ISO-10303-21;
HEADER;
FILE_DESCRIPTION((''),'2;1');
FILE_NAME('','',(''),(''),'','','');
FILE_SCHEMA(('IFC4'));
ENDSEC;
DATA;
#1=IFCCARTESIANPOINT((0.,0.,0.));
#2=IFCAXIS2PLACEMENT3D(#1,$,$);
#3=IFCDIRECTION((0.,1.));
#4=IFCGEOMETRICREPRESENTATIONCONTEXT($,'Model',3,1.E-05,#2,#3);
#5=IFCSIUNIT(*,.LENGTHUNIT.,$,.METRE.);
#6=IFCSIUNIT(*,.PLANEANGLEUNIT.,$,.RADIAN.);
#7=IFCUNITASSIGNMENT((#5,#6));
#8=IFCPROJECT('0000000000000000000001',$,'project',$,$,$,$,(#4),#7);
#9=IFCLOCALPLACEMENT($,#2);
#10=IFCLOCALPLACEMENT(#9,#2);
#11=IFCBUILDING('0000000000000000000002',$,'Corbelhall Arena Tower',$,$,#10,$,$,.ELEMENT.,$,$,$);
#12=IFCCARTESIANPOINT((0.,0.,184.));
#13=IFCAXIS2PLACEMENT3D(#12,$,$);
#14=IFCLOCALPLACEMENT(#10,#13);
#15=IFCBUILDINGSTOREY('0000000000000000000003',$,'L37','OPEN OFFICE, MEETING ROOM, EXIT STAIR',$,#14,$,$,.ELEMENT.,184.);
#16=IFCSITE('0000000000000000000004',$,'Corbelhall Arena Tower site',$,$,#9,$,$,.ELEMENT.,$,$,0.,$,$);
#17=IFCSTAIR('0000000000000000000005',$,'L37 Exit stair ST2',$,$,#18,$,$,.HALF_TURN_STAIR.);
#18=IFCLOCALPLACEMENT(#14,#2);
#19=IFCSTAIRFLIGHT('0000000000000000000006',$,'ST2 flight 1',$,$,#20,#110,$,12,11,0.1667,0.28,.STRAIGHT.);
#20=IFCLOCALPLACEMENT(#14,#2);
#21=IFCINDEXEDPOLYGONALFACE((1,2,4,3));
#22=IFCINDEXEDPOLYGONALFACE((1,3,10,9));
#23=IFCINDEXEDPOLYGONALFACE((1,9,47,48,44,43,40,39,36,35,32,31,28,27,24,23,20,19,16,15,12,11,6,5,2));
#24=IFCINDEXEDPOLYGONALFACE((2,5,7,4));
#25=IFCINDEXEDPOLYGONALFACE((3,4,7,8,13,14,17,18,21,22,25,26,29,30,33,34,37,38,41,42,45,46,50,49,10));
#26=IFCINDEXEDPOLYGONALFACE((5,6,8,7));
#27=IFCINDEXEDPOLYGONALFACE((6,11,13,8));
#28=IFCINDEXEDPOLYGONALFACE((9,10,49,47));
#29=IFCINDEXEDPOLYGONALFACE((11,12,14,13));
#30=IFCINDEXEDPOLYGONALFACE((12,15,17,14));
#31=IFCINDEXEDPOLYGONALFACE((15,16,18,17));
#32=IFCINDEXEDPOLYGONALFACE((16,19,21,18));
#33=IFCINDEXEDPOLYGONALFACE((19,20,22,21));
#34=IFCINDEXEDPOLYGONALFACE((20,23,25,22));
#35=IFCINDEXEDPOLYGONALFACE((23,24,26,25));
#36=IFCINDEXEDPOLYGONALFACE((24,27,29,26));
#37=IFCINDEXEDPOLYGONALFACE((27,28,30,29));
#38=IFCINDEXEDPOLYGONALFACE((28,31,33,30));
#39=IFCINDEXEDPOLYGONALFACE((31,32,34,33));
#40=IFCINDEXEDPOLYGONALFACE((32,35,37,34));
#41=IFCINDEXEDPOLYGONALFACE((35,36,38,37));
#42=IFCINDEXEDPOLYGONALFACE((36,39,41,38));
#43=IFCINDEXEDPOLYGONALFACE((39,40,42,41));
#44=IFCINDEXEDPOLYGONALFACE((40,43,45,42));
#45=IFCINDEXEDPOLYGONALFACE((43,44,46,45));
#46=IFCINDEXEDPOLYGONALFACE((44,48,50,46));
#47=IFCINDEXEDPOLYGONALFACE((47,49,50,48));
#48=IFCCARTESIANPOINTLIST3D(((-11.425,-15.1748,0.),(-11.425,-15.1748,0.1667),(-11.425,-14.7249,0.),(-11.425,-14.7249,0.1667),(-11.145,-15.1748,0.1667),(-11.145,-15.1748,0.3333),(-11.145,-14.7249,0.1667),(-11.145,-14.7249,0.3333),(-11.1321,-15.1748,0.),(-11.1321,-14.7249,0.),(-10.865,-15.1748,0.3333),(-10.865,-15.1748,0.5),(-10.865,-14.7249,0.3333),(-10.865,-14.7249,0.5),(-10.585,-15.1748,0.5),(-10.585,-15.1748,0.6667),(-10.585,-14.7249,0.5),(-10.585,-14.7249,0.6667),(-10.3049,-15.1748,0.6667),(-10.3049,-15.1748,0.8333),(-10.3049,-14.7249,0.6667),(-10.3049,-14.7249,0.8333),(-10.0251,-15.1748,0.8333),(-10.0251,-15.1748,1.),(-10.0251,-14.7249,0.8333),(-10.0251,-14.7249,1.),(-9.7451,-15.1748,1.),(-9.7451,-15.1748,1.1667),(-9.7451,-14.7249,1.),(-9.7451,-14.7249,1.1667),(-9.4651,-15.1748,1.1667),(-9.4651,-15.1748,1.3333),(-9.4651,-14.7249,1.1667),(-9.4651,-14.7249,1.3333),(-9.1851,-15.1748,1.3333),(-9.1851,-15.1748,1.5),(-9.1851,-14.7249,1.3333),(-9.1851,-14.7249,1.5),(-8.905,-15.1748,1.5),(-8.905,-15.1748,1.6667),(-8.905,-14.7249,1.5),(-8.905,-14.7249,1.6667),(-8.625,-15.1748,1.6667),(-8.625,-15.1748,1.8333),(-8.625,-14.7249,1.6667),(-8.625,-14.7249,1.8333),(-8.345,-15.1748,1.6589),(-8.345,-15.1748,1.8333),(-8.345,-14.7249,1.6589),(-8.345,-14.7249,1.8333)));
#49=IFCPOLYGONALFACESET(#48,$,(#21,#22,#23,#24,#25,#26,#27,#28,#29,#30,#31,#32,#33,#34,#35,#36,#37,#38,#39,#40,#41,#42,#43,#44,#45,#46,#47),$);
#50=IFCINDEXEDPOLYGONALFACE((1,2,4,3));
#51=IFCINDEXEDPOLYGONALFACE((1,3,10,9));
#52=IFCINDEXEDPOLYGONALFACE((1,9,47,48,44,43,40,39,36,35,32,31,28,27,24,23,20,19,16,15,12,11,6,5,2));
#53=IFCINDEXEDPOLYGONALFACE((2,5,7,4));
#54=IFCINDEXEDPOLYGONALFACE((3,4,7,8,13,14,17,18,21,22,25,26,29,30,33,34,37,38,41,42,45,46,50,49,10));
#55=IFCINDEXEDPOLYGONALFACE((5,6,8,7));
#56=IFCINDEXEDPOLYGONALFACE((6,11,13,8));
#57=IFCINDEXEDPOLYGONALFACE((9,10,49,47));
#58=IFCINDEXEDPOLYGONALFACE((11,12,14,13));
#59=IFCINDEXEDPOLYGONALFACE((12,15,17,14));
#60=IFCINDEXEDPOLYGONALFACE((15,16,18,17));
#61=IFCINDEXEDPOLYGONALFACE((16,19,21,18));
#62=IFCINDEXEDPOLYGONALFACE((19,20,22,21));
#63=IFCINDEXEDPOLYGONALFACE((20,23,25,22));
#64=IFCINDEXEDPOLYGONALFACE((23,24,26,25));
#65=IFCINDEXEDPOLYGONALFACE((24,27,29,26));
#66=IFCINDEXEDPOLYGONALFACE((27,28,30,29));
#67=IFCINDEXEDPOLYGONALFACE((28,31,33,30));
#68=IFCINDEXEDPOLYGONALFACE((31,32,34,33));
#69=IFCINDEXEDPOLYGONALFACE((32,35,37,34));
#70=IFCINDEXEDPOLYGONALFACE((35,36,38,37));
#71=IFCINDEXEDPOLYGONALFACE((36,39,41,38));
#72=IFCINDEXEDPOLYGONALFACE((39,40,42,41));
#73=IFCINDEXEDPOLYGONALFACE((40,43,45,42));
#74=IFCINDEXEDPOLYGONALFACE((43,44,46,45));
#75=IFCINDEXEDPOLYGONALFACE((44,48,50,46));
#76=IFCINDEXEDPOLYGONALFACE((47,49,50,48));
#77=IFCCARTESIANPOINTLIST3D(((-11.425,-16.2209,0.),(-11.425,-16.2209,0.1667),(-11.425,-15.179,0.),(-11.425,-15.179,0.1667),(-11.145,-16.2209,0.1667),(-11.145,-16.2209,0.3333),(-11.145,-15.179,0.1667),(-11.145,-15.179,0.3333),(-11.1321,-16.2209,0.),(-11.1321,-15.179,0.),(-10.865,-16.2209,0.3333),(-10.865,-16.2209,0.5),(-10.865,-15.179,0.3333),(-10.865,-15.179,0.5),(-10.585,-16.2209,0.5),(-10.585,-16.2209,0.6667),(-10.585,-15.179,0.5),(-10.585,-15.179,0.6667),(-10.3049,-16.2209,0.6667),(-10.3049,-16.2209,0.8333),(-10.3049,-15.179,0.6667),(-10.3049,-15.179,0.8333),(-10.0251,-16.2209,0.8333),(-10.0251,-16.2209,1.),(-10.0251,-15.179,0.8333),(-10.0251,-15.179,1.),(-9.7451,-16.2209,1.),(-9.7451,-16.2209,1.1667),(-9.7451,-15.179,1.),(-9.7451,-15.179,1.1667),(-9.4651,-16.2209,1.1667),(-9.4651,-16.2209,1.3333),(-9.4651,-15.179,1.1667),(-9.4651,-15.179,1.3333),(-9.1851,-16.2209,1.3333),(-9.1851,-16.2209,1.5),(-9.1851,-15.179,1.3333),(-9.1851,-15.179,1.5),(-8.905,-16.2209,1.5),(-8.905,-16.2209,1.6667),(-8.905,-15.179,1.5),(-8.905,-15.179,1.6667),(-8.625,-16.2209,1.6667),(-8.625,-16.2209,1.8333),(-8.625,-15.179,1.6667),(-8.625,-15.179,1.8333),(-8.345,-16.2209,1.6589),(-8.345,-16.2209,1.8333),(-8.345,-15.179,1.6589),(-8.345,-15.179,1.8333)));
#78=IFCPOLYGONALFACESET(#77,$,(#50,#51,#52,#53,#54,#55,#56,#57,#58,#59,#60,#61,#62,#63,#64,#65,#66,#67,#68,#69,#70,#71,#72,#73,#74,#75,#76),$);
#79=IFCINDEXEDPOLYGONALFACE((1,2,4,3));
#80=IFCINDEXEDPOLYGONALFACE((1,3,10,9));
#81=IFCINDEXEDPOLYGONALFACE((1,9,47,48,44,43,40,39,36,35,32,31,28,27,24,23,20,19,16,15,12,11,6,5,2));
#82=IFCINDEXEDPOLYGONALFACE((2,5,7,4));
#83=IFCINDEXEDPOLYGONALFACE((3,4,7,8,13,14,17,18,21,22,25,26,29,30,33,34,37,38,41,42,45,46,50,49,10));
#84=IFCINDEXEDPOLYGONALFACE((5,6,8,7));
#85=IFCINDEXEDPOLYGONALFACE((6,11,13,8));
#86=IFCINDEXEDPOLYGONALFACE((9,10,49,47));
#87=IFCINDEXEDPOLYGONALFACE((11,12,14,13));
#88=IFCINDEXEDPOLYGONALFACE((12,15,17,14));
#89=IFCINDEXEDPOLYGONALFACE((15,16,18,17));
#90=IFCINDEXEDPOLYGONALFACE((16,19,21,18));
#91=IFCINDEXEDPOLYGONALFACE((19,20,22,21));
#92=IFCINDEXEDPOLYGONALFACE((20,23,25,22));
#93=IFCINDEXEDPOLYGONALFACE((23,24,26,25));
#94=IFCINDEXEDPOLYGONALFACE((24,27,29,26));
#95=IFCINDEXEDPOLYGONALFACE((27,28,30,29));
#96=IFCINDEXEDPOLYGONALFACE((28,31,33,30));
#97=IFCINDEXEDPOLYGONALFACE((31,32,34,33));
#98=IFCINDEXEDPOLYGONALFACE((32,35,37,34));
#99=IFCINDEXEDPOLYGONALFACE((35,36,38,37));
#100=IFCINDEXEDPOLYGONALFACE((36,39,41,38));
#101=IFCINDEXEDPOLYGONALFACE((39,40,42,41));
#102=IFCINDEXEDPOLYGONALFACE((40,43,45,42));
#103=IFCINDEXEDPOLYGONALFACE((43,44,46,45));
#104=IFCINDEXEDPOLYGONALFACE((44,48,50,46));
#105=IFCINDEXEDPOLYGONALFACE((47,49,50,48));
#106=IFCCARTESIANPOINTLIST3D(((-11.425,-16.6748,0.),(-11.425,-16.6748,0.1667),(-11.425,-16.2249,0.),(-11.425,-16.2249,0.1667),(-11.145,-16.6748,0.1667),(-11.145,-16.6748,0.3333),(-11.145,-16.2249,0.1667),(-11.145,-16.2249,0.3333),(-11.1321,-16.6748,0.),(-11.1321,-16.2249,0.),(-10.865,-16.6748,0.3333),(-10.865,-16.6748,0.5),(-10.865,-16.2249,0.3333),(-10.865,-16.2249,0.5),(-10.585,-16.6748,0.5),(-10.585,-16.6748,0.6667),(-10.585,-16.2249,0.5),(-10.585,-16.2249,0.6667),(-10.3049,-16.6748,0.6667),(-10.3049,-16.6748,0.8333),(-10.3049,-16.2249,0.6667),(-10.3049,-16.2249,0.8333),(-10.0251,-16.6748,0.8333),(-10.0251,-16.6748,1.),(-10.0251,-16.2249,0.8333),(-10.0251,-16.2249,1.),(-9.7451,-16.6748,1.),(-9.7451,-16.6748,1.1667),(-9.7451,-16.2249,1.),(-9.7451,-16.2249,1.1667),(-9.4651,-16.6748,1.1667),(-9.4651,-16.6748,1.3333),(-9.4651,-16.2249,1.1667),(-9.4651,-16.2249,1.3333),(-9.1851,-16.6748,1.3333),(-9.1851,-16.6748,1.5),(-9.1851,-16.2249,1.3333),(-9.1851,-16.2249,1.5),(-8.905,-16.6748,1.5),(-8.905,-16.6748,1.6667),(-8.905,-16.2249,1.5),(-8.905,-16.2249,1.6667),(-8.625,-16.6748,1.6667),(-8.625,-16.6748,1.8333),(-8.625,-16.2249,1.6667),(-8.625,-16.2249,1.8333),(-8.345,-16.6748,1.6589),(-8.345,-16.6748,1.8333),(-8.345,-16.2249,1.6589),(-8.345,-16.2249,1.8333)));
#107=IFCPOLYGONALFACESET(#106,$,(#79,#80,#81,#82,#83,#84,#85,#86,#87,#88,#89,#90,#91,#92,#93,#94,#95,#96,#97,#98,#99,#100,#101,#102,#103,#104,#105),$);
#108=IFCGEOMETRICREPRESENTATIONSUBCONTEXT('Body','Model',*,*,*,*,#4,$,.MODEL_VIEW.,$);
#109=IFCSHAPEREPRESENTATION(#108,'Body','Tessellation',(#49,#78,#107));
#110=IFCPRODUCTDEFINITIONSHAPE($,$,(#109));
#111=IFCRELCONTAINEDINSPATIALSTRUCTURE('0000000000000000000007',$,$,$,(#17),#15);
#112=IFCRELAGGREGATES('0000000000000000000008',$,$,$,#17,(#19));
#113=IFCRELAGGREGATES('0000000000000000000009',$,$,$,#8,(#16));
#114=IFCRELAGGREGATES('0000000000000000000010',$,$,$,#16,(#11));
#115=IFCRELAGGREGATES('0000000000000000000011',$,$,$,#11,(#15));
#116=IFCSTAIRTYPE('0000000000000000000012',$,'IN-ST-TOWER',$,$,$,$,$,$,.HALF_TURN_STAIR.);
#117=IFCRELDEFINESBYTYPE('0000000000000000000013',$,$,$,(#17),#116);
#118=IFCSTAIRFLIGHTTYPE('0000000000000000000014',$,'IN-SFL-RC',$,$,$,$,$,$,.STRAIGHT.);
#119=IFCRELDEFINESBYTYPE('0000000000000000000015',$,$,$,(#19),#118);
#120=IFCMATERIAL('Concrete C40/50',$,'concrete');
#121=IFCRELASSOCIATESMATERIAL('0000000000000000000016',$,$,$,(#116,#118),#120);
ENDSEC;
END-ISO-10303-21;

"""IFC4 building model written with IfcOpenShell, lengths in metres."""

from ifc_helpers import new_model, si_unit, direction, frame, origin, place, context, subcontext, project, spatial, polyline, outline, extrude, material, type_object, element, aggregate, save


model = new_model("IFC4")

# Units and contexts
model_context = context("Model", 3, precision=1e-05, world=origin(), true_north=direction((0.0, 1.0)))
body_context = subcontext(model_context, "Body", "Model", "MODEL_VIEW")
ifc_project = project(units=[si_unit("LENGTHUNIT", "METRE"), si_unit("PLANEANGLEUNIT", "RADIAN")], contexts=[model_context])

# Site, building, storey
site_placement = place(None, origin())
site = spatial("IfcSite", under=ifc_project, at=site_placement, Name="Corbelhall Arena Tower site", CompositionType="ELEMENT", RefElevation=0.0)
building_placement = place(site_placement, origin())
building = spatial("IfcBuilding", under=site, at=building_placement, Name="Corbelhall Arena Tower", CompositionType="ELEMENT")
storey_placement = place(building_placement, frame((0.0, 0.0, 184.0)))
storey = spatial("IfcBuildingStorey", under=building, at=storey_placement, Name="L37", Description="OPEN OFFICE, MEETING ROOM, EXIT STAIR", CompositionType="ELEMENT", Elevation=184.0)

# Shared definitions
ifc_material_1 = material(Name="Concrete C40/50", Category="concrete")

# Stair, stair flight
stair_type = type_object("IfcStairType", Name="IN-ST-TOWER", PredefinedType="HALF_TURN_STAIR", material=ifc_material_1)
stair_placement = place(storey_placement, origin())
stair = element("IfcStair", 1, at=stair_placement, inside=storey, type_object=stair_type, Name="L37 Exit stair ST2", PredefinedType="HALF_TURN_STAIR")
stair_flight_type = type_object("IfcStairFlightType", Name="IN-SFL-RC", PredefinedType="STRAIGHT", material=ifc_material_1)
stair_flight_1_placement = place(storey_placement, frame((-11.425, -15.7, 0.0), z_axis=(0.0, 0.0, 1.0), x_axis=(1.0, 0.0, 0.0)))
stair_flight_1 = element("IfcStairFlight", 2, at=stair_flight_1_placement, type_object=stair_flight_type, Name="ST2 flight 1", NumberOfRisers=12, NumberOfTreads=11, PredefinedType="STRAIGHT", RiserHeight=0.1667, TreadLength=0.28, context=body_context, shape_type="SweptSolid", body=[
    extrude(outline(polyline([(0.0, 0.0), (0.0, 0.1667), (0.28, 0.1667), (0.28, 0.3333), (0.5601, 0.3333), (0.5601, 0.5), (0.8401, 0.5), (0.8401, 0.6667), (1.1201, 0.6667), (1.1201, 0.8333), (1.3999, 0.8333), (1.3999, 1.0), (1.6799, 1.0), (1.6799, 1.1667), (1.96, 1.1667), (1.96, 1.3333), (2.24, 1.3333), (2.24, 1.5), (2.52, 1.5), (2.52, 1.6667), (2.8, 1.6667), (2.8, 1.8333), (3.0801, 1.8333), (3.0801, 2.0), (3.0801, 1.6589), (0.293, 0.0), (0.0, 0.0)])), frame((0.0, 0.9751, 0.0), z_axis=(0.0, -1.0, 0.0), x_axis=(1.0, 0.0, 0.0)), (0.0, 0.0, 1.0), 0.45),
    extrude(outline(polyline([(0.0, 0.0), (0.0, 0.1667), (0.28, 0.1667), (0.28, 0.3333), (0.5601, 0.3333), (0.5601, 0.5), (0.8401, 0.5), (0.8401, 0.6667), (1.1201, 0.6667), (1.1201, 0.8333), (1.3999, 0.8333), (1.3999, 1.0), (1.6799, 1.0), (1.6799, 1.1667), (1.96, 1.1667), (1.96, 1.3333), (2.24, 1.3333), (2.24, 1.5), (2.52, 1.5), (2.52, 1.6667), (2.8, 1.6667), (2.8, 1.8333), (3.0801, 1.8333), (3.0801, 2.0), (3.0801, 1.6589), (0.293, 0.0), (0.0, 0.0)])), frame((0.0, 0.521, 0.0), z_axis=(0.0, -1.0, 0.0), x_axis=(1.0, 0.0, 0.0)), (0.0, 0.0, 1.0), 1.042),
    extrude(outline(polyline([(0.0, 0.0), (0.0, 0.1667), (0.28, 0.1667), (0.28, 0.3333), (0.5601, 0.3333), (0.5601, 0.5), (0.8401, 0.5), (0.8401, 0.6667), (1.1201, 0.6667), (1.1201, 0.8333), (1.3999, 0.8333), (1.3999, 1.0), (1.6799, 1.0), (1.6799, 1.1667), (1.96, 1.1667), (1.96, 1.3333), (2.24, 1.3333), (2.24, 1.5), (2.52, 1.5), (2.52, 1.6667), (2.8, 1.6667), (2.8, 1.8333), (3.0801, 1.8333), (3.0801, 2.0), (3.0801, 1.6589), (0.293, 0.0), (0.0, 0.0)])), frame((0.0, -0.5249, 0.0), z_axis=(0.0, -1.0, 0.0), x_axis=(1.0, 0.0, 0.0)), (0.0, 0.0, 1.0), 0.45),
])
aggregate(stair, [stair_flight_1])

save(model, "model.ifc")
